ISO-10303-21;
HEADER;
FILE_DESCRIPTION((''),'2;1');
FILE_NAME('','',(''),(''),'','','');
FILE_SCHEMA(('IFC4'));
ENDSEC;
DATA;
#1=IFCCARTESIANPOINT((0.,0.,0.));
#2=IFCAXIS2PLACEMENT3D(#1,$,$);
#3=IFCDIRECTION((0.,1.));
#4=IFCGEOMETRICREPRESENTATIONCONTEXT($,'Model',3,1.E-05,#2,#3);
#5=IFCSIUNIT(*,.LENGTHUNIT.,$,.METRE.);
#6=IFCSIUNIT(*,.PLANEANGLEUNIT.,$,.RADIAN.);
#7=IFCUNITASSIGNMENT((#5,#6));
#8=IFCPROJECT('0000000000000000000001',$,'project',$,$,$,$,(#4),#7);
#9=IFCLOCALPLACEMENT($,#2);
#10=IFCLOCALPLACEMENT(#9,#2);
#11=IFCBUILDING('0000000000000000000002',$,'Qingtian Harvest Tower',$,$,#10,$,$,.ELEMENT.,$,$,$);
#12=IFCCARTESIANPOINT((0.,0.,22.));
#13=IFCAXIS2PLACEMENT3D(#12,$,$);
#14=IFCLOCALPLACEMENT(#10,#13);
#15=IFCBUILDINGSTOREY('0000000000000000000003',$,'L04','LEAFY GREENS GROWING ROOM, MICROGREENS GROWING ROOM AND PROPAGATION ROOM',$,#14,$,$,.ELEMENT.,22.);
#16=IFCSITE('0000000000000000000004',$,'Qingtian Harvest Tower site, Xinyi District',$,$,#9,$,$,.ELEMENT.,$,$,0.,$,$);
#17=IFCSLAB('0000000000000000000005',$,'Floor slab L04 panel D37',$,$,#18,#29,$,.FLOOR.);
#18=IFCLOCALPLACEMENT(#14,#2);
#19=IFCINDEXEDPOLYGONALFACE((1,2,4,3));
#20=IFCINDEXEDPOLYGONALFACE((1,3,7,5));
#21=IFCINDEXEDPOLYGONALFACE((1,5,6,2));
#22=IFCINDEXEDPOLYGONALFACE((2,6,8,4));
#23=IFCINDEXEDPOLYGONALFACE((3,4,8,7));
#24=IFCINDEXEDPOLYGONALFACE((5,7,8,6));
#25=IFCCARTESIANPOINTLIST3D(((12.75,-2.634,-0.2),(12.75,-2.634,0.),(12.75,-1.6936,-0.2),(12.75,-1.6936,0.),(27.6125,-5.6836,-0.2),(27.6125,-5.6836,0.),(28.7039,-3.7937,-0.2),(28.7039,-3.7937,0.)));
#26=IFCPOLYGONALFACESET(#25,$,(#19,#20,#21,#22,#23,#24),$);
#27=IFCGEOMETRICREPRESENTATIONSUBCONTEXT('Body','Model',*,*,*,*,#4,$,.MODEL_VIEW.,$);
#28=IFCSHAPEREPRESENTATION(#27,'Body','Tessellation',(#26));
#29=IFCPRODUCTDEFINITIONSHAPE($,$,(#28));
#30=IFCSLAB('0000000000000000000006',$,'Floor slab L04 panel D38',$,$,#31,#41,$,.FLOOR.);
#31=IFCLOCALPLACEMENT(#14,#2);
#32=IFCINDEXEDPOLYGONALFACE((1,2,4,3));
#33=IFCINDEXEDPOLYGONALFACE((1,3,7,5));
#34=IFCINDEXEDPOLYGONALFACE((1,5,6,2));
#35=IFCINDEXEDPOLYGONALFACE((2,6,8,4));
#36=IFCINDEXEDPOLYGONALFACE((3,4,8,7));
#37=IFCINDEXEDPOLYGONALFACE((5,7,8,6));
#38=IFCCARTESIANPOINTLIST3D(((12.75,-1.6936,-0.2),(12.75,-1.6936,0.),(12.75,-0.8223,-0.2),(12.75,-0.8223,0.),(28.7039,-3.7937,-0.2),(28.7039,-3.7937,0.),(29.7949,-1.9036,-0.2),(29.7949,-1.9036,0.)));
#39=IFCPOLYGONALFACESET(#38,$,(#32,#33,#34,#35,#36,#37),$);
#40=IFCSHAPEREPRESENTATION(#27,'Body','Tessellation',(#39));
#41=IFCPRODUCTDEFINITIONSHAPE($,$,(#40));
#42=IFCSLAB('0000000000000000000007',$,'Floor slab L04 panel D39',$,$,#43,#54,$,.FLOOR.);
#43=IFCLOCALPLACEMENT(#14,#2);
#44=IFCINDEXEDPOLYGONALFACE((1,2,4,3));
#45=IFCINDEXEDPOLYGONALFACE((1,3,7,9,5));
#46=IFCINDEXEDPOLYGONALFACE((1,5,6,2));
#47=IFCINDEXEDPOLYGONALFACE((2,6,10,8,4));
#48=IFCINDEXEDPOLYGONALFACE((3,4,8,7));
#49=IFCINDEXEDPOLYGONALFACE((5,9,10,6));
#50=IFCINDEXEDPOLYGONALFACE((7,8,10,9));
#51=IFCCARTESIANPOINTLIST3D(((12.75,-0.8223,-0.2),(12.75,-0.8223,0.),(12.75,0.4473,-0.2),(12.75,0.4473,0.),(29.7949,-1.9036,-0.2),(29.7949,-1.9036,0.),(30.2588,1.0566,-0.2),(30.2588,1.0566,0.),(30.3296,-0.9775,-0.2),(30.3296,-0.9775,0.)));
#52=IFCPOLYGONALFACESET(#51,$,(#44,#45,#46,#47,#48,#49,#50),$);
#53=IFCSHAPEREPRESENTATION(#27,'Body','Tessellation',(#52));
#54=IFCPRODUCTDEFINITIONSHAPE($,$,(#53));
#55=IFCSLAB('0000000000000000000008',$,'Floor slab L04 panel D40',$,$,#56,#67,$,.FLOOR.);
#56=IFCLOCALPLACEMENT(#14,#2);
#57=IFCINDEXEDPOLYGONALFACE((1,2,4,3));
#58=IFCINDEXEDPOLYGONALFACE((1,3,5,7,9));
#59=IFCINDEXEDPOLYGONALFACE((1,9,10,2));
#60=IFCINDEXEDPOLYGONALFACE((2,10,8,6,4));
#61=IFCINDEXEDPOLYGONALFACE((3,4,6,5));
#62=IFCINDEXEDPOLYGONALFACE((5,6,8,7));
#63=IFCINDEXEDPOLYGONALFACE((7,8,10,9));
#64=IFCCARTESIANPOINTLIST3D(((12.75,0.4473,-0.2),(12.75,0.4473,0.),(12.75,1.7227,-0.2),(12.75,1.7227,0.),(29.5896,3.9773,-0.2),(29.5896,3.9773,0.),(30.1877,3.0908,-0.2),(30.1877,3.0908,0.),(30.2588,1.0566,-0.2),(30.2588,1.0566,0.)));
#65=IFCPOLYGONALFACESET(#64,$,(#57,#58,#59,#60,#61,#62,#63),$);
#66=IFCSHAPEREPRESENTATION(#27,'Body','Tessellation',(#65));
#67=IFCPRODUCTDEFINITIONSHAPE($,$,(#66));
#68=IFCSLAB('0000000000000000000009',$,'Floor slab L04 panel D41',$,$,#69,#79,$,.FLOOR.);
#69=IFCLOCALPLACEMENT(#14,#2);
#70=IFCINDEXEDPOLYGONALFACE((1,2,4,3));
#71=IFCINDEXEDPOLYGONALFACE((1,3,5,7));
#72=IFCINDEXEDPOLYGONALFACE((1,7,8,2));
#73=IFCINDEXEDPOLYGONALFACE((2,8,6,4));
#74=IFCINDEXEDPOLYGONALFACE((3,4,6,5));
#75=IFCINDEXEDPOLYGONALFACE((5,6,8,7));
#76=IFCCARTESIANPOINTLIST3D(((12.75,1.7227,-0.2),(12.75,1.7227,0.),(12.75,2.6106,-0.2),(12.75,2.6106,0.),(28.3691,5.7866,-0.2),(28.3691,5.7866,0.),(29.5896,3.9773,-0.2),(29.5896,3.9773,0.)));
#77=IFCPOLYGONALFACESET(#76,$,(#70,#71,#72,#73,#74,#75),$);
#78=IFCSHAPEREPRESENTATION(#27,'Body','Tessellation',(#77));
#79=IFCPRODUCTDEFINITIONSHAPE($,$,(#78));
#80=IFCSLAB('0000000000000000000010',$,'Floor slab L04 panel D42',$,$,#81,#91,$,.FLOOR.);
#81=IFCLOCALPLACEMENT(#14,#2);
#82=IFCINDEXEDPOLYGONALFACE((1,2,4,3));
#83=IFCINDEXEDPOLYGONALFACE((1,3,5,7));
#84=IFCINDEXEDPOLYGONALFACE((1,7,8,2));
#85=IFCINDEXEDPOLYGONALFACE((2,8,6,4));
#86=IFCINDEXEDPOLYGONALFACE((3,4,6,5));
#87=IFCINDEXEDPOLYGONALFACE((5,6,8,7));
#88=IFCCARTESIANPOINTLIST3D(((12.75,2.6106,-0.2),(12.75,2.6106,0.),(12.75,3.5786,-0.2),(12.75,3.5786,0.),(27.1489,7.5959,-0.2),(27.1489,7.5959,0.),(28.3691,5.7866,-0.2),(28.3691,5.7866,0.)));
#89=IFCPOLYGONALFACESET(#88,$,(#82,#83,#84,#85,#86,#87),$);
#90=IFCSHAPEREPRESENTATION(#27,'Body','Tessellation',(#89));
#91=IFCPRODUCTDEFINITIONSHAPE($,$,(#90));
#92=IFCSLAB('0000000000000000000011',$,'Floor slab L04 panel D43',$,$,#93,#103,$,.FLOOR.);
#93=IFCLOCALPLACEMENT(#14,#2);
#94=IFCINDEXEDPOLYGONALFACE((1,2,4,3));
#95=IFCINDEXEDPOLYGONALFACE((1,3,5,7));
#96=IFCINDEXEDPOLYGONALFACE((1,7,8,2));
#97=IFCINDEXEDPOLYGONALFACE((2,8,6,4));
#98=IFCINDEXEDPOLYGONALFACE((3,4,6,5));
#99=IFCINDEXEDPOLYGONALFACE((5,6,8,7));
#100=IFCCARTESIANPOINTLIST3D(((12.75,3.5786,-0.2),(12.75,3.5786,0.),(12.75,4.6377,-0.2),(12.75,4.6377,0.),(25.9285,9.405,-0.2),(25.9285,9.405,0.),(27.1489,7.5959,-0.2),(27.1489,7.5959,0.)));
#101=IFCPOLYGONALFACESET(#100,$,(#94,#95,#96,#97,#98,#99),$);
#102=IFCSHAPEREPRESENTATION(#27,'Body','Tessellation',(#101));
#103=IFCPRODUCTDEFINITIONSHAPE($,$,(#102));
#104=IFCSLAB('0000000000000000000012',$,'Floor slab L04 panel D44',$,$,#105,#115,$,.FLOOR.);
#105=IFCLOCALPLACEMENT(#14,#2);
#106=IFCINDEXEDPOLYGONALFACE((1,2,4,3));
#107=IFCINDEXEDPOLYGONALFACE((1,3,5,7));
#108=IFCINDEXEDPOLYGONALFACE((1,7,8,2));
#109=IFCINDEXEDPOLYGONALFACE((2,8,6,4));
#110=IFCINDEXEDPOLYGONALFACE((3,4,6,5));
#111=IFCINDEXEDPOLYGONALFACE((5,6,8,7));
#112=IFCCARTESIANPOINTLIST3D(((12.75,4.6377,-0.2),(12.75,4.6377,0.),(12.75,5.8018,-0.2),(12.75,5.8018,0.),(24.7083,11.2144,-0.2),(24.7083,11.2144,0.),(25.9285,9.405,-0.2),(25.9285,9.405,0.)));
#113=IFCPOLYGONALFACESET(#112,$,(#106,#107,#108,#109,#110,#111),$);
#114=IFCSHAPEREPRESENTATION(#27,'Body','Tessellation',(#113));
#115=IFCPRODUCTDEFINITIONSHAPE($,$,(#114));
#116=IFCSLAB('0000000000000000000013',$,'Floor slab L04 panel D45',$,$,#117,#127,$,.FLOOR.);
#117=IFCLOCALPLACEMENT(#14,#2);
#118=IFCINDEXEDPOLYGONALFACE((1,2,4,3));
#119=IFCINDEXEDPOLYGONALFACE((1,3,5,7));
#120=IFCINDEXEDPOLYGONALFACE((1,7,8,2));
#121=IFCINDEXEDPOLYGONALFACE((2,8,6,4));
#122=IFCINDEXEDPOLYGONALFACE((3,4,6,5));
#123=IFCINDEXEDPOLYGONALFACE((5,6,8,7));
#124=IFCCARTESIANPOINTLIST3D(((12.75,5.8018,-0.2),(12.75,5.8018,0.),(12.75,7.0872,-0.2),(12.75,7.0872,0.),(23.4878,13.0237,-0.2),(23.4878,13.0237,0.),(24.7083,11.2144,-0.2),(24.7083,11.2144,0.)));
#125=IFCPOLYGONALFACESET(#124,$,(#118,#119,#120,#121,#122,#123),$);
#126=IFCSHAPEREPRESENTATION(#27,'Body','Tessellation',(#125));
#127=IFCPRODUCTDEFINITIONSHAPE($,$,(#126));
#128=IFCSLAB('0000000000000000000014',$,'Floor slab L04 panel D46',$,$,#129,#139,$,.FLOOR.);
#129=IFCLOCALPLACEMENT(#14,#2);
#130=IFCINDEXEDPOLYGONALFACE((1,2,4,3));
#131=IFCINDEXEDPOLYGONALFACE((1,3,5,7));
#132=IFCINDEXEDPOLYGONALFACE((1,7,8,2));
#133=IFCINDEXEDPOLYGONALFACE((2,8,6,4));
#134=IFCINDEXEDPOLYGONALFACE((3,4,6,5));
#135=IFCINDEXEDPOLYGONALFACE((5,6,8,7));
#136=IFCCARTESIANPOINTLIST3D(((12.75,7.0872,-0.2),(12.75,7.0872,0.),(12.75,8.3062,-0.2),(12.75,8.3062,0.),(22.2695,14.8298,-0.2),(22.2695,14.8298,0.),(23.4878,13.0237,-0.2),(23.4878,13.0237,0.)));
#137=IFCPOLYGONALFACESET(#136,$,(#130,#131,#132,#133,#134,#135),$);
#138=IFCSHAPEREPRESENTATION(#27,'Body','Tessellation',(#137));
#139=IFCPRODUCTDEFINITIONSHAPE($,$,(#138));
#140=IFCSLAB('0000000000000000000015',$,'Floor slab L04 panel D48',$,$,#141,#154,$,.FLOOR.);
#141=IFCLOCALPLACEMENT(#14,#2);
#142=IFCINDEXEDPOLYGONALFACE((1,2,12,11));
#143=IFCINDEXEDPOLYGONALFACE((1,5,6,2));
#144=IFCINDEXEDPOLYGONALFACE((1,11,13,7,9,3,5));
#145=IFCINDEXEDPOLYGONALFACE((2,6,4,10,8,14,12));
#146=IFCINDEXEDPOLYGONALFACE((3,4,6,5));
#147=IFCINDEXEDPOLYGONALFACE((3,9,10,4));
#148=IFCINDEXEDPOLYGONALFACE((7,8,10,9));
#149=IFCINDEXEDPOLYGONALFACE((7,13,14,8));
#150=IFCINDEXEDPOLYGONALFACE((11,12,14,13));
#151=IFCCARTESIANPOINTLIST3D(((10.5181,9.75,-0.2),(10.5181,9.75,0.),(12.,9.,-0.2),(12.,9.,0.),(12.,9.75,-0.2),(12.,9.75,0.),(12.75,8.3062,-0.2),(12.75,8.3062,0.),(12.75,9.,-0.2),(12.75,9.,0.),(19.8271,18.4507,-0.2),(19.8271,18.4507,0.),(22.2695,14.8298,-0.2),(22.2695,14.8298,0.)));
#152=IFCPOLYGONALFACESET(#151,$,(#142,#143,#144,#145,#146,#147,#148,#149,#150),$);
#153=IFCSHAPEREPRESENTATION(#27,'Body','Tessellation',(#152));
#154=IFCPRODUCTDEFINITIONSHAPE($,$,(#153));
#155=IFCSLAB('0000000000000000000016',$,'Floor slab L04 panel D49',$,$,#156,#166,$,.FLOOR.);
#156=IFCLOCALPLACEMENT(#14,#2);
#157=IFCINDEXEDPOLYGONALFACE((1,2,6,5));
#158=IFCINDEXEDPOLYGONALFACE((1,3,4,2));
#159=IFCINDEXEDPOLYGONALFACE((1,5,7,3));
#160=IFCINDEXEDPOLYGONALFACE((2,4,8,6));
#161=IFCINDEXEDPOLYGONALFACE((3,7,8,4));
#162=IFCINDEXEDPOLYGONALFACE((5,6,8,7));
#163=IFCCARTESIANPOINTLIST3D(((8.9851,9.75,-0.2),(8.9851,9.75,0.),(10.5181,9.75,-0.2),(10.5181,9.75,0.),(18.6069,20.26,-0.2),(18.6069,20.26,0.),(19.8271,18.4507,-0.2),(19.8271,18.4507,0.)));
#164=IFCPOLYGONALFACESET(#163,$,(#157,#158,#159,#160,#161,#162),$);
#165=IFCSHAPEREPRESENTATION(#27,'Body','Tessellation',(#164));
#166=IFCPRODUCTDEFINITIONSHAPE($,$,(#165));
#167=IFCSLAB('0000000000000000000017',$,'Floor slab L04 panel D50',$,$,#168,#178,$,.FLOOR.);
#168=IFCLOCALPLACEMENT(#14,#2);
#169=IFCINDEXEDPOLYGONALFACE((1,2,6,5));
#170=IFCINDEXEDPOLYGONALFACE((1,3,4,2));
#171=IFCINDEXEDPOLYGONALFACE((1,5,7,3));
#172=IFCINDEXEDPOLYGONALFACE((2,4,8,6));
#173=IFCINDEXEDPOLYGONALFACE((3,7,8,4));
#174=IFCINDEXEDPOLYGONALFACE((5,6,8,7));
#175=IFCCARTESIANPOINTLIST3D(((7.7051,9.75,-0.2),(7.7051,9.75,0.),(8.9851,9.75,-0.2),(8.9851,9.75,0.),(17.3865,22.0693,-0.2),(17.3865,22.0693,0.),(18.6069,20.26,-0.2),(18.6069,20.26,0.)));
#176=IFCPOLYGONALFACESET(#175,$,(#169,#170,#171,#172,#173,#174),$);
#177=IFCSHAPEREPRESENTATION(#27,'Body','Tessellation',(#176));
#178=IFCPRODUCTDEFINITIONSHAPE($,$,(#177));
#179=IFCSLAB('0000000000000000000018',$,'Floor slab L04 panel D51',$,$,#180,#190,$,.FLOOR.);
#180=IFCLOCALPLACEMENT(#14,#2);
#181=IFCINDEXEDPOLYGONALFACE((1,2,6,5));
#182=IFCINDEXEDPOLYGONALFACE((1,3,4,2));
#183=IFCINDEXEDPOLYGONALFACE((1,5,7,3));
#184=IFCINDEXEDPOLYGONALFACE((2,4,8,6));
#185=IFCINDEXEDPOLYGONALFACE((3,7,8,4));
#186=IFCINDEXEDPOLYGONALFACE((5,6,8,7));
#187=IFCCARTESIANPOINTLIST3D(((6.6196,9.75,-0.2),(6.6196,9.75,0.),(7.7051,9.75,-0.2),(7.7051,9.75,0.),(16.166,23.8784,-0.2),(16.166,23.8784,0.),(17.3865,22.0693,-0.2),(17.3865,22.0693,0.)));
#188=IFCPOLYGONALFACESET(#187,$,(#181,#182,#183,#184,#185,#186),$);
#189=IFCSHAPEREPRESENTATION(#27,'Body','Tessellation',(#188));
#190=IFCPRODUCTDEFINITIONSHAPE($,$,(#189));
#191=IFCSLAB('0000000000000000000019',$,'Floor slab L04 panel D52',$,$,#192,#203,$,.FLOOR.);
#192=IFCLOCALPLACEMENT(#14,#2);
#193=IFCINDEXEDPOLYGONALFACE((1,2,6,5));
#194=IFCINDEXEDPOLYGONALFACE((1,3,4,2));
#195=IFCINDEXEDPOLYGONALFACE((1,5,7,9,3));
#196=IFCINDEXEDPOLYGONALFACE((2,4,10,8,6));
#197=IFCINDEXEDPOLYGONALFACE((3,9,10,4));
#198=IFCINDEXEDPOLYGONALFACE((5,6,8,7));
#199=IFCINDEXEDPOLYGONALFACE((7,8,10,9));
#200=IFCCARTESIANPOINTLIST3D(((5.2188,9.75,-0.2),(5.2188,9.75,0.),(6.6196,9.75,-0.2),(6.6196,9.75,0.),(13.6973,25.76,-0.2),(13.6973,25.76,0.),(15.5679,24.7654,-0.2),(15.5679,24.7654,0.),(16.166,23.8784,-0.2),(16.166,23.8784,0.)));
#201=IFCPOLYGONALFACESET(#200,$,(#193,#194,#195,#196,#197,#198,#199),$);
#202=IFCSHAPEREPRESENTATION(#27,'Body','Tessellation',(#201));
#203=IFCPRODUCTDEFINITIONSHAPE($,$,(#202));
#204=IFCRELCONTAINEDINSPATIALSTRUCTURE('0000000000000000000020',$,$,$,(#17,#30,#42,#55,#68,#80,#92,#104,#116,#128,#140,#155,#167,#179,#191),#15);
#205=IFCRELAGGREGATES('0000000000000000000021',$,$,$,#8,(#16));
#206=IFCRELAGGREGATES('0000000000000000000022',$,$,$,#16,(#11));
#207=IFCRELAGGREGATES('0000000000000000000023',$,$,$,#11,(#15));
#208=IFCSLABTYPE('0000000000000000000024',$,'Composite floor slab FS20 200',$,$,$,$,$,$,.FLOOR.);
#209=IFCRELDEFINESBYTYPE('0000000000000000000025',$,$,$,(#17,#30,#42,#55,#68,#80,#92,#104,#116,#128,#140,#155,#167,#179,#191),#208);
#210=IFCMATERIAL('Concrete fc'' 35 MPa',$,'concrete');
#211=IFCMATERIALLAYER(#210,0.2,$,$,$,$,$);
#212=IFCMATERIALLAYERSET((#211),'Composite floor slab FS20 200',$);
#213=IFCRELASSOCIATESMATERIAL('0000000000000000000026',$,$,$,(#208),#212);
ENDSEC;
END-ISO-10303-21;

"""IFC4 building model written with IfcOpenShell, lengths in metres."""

from ifc_helpers import new_model, si_unit, direction, frame, origin, place, context, subcontext, project, spatial, polyline, outline, extrude, material, layer, layer_set, type_object, element, save


model = new_model("IFC4")

# Units and contexts
model_context = context("Model", 3, precision=1e-05, world=origin(), true_north=direction((0.0, 1.0)))
body_context = subcontext(model_context, "Body", "Model", "MODEL_VIEW")
ifc_project = project(units=[si_unit("LENGTHUNIT", "METRE"), si_unit("PLANEANGLEUNIT", "RADIAN")], contexts=[model_context])

# Site, building, storey
site_placement = place(None, origin())
site = spatial("IfcSite", under=ifc_project, at=site_placement, Name="Qingtian Harvest Tower site, Xinyi District", CompositionType="ELEMENT", RefElevation=0.0)
building_placement = place(site_placement, origin())
building = spatial("IfcBuilding", under=site, at=building_placement, Name="Qingtian Harvest Tower", CompositionType="ELEMENT")
storey_placement = place(building_placement, frame((0.0, 0.0, 22.0)))
storey = spatial("IfcBuildingStorey", under=building, at=storey_placement, Name="L04", Description="LEAFY GREENS GROWING ROOM, MICROGREENS GROWING ROOM AND PROPAGATION ROOM", CompositionType="ELEMENT", Elevation=22.0)

# Slabs
ifc_material_1 = material(Name="Concrete fc' 35 MPa", Category="concrete")
ifc_layer_1 = layer(ifc_material_1, 0.2)
ifc_layer_set_1 = layer_set([ifc_layer_1], Name="Composite floor slab FS20 200")
slab_type = type_object("IfcSlabType", Name="Composite floor slab FS20 200", PredefinedType="FLOOR", material=ifc_layer_set_1)
slab_1_placement = place(storey_placement, frame((0.0, 0.0, -0.2)))
element("IfcSlab", 1, at=slab_1_placement, inside=storey, type_object=slab_type, Name="Floor slab L04 panel D37", PredefinedType="FLOOR", context=body_context, shape_type="SweptSolid", body=[
    extrude(outline(polyline([(12.75, -1.6936), (28.7039, -3.7937), (27.6125, -5.6836), (12.75, -2.634), (12.75, -1.6936)])), origin(), (0.0, 0.0, 1.0), 0.2),
])
slab_2_placement = place(storey_placement, frame((0.0, 0.0, -0.2)))
element("IfcSlab", 2, at=slab_2_placement, inside=storey, type_object=slab_type, Name="Floor slab L04 panel D38", PredefinedType="FLOOR", context=body_context, shape_type="SweptSolid", body=[
    extrude(outline(polyline([(12.75, -0.8223), (29.7949, -1.9036), (28.7039, -3.7937), (12.75, -1.6936), (12.75, -0.8223)])), origin(), (0.0, 0.0, 1.0), 0.2),
])
slab_3_placement = place(storey_placement, frame((0.0, 0.0, -0.2)))
element("IfcSlab", 3, at=slab_3_placement, inside=storey, type_object=slab_type, Name="Floor slab L04 panel D39", PredefinedType="FLOOR", context=body_context, shape_type="SweptSolid", body=[
    extrude(outline(polyline([(12.75, -0.8223), (12.75, 0.4473), (30.2588, 1.0566), (30.3296, -0.9775), (29.7949, -1.9036), (12.75, -0.8223)])), origin(), (0.0, 0.0, 1.0), 0.2),
])
slab_4_placement = place(storey_placement, frame((0.0, 0.0, -0.2)))
element("IfcSlab", 4, at=slab_4_placement, inside=storey, type_object=slab_type, Name="Floor slab L04 panel D40", PredefinedType="FLOOR", context=body_context, shape_type="SweptSolid", body=[
    extrude(outline(polyline([(12.75, 0.4473), (12.75, 1.7227), (29.5896, 3.9773), (30.1877, 3.0908), (30.2588, 1.0566), (12.75, 0.4473)])), origin(), (0.0, 0.0, 1.0), 0.2),
])
slab_5_placement = place(storey_placement, frame((0.0, 0.0, -0.2)))
element("IfcSlab", 5, at=slab_5_placement, inside=storey, type_object=slab_type, Name="Floor slab L04 panel D41", PredefinedType="FLOOR", context=body_context, shape_type="SweptSolid", body=[
    extrude(outline(polyline([(12.75, 2.6106), (28.3691, 5.7866), (29.5896, 3.9773), (12.75, 1.7227), (12.75, 2.6106)])), origin(), (0.0, 0.0, 1.0), 0.2),
])
slab_6_placement = place(storey_placement, frame((0.0, 0.0, -0.2)))
element("IfcSlab", 6, at=slab_6_placement, inside=storey, type_object=slab_type, Name="Floor slab L04 panel D42", PredefinedType="FLOOR", context=body_context, shape_type="SweptSolid", body=[
    extrude(outline(polyline([(12.75, 3.5786), (27.1489, 7.5959), (28.3691, 5.7866), (12.75, 2.6106), (12.75, 3.5786)])), origin(), (0.0, 0.0, 1.0), 0.2),
])
slab_7_placement = place(storey_placement, frame((0.0, 0.0, -0.2)))
element("IfcSlab", 7, at=slab_7_placement, inside=storey, type_object=slab_type, Name="Floor slab L04 panel D43", PredefinedType="FLOOR", context=body_context, shape_type="SweptSolid", body=[
    extrude(outline(polyline([(12.75, 4.6377), (25.9285, 9.405), (27.1489, 7.5959), (12.75, 3.5786), (12.75, 4.6377)])), origin(), (0.0, 0.0, 1.0), 0.2),
])
slab_8_placement = place(storey_placement, frame((0.0, 0.0, -0.2)))
element("IfcSlab", 8, at=slab_8_placement, inside=storey, type_object=slab_type, Name="Floor slab L04 panel D44", PredefinedType="FLOOR", context=body_context, shape_type="SweptSolid", body=[
    extrude(outline(polyline([(12.75, 5.8018), (24.7083, 11.2144), (25.9285, 9.405), (12.75, 4.6377), (12.75, 5.8018)])), origin(), (0.0, 0.0, 1.0), 0.2),
])
slab_9_placement = place(storey_placement, frame((0.0, 0.0, -0.2)))
element("IfcSlab", 9, at=slab_9_placement, inside=storey, type_object=slab_type, Name="Floor slab L04 panel D45", PredefinedType="FLOOR", context=body_context, shape_type="SweptSolid", body=[
    extrude(outline(polyline([(12.75, 7.0872), (23.4878, 13.0237), (24.7083, 11.2144), (12.75, 5.8018), (12.75, 7.0872)])), origin(), (0.0, 0.0, 1.0), 0.2),
])
slab_10_placement = place(storey_placement, frame((0.0, 0.0, -0.2)))
element("IfcSlab", 10, at=slab_10_placement, inside=storey, type_object=slab_type, Name="Floor slab L04 panel D46", PredefinedType="FLOOR", context=body_context, shape_type="SweptSolid", body=[
    extrude(outline(polyline([(12.75, 8.3062), (22.2695, 14.8298), (23.4878, 13.0237), (12.75, 7.0872), (12.75, 8.3062)])), origin(), (0.0, 0.0, 1.0), 0.2),
])
slab_11_placement = place(storey_placement, frame((0.0, 0.0, -0.2)))
element("IfcSlab", 11, at=slab_11_placement, inside=storey, type_object=slab_type, Name="Floor slab L04 panel D48", PredefinedType="FLOOR", context=body_context, shape_type="SweptSolid", body=[
    extrude(outline(polyline([(19.8271, 18.4507), (22.2695, 14.8298), (12.75, 8.3062), (12.75, 9.0), (12.0, 9.0), (12.0, 9.75), (10.5181, 9.75), (19.8271, 18.4507)])), origin(), (0.0, 0.0, 1.0), 0.2),
])
slab_12_placement = place(storey_placement, frame((0.0, 0.0, -0.2)))
element("IfcSlab", 12, at=slab_12_placement, inside=storey, type_object=slab_type, Name="Floor slab L04 panel D49", PredefinedType="FLOOR", context=body_context, shape_type="SweptSolid", body=[
    extrude(outline(polyline([(8.9851, 9.75), (18.6069, 20.26), (19.8271, 18.4507), (10.5181, 9.75), (8.9851, 9.75)])), origin(), (0.0, 0.0, 1.0), 0.2),
])
slab_13_placement = place(storey_placement, frame((0.0, 0.0, -0.2)))
element("IfcSlab", 13, at=slab_13_placement, inside=storey, type_object=slab_type, Name="Floor slab L04 panel D50", PredefinedType="FLOOR", context=body_context, shape_type="SweptSolid", body=[
    extrude(outline(polyline([(7.7051, 9.75), (17.3865, 22.0693), (18.6069, 20.26), (8.9851, 9.75), (7.7051, 9.75)])), origin(), (0.0, 0.0, 1.0), 0.2),
])
slab_14_placement = place(storey_placement, frame((0.0, 0.0, -0.2)))
element("IfcSlab", 14, at=slab_14_placement, inside=storey, type_object=slab_type, Name="Floor slab L04 panel D51", PredefinedType="FLOOR", context=body_context, shape_type="SweptSolid", body=[
    extrude(outline(polyline([(6.6196, 9.75), (16.166, 23.8784), (17.3865, 22.0693), (7.7051, 9.75), (6.6196, 9.75)])), origin(), (0.0, 0.0, 1.0), 0.2),
])
slab_15_placement = place(storey_placement, frame((0.0, 0.0, -0.2)))
element("IfcSlab", 15, at=slab_15_placement, inside=storey, type_object=slab_type, Name="Floor slab L04 panel D52", PredefinedType="FLOOR", context=body_context, shape_type="SweptSolid", body=[
    extrude(outline(polyline([(6.6196, 9.75), (5.2188, 9.75), (13.6973, 25.76), (15.5679, 24.7654), (16.166, 23.8784), (6.6196, 9.75)])), origin(), (0.0, 0.0, 1.0), 0.2),
])

save(model, "model.ifc")
